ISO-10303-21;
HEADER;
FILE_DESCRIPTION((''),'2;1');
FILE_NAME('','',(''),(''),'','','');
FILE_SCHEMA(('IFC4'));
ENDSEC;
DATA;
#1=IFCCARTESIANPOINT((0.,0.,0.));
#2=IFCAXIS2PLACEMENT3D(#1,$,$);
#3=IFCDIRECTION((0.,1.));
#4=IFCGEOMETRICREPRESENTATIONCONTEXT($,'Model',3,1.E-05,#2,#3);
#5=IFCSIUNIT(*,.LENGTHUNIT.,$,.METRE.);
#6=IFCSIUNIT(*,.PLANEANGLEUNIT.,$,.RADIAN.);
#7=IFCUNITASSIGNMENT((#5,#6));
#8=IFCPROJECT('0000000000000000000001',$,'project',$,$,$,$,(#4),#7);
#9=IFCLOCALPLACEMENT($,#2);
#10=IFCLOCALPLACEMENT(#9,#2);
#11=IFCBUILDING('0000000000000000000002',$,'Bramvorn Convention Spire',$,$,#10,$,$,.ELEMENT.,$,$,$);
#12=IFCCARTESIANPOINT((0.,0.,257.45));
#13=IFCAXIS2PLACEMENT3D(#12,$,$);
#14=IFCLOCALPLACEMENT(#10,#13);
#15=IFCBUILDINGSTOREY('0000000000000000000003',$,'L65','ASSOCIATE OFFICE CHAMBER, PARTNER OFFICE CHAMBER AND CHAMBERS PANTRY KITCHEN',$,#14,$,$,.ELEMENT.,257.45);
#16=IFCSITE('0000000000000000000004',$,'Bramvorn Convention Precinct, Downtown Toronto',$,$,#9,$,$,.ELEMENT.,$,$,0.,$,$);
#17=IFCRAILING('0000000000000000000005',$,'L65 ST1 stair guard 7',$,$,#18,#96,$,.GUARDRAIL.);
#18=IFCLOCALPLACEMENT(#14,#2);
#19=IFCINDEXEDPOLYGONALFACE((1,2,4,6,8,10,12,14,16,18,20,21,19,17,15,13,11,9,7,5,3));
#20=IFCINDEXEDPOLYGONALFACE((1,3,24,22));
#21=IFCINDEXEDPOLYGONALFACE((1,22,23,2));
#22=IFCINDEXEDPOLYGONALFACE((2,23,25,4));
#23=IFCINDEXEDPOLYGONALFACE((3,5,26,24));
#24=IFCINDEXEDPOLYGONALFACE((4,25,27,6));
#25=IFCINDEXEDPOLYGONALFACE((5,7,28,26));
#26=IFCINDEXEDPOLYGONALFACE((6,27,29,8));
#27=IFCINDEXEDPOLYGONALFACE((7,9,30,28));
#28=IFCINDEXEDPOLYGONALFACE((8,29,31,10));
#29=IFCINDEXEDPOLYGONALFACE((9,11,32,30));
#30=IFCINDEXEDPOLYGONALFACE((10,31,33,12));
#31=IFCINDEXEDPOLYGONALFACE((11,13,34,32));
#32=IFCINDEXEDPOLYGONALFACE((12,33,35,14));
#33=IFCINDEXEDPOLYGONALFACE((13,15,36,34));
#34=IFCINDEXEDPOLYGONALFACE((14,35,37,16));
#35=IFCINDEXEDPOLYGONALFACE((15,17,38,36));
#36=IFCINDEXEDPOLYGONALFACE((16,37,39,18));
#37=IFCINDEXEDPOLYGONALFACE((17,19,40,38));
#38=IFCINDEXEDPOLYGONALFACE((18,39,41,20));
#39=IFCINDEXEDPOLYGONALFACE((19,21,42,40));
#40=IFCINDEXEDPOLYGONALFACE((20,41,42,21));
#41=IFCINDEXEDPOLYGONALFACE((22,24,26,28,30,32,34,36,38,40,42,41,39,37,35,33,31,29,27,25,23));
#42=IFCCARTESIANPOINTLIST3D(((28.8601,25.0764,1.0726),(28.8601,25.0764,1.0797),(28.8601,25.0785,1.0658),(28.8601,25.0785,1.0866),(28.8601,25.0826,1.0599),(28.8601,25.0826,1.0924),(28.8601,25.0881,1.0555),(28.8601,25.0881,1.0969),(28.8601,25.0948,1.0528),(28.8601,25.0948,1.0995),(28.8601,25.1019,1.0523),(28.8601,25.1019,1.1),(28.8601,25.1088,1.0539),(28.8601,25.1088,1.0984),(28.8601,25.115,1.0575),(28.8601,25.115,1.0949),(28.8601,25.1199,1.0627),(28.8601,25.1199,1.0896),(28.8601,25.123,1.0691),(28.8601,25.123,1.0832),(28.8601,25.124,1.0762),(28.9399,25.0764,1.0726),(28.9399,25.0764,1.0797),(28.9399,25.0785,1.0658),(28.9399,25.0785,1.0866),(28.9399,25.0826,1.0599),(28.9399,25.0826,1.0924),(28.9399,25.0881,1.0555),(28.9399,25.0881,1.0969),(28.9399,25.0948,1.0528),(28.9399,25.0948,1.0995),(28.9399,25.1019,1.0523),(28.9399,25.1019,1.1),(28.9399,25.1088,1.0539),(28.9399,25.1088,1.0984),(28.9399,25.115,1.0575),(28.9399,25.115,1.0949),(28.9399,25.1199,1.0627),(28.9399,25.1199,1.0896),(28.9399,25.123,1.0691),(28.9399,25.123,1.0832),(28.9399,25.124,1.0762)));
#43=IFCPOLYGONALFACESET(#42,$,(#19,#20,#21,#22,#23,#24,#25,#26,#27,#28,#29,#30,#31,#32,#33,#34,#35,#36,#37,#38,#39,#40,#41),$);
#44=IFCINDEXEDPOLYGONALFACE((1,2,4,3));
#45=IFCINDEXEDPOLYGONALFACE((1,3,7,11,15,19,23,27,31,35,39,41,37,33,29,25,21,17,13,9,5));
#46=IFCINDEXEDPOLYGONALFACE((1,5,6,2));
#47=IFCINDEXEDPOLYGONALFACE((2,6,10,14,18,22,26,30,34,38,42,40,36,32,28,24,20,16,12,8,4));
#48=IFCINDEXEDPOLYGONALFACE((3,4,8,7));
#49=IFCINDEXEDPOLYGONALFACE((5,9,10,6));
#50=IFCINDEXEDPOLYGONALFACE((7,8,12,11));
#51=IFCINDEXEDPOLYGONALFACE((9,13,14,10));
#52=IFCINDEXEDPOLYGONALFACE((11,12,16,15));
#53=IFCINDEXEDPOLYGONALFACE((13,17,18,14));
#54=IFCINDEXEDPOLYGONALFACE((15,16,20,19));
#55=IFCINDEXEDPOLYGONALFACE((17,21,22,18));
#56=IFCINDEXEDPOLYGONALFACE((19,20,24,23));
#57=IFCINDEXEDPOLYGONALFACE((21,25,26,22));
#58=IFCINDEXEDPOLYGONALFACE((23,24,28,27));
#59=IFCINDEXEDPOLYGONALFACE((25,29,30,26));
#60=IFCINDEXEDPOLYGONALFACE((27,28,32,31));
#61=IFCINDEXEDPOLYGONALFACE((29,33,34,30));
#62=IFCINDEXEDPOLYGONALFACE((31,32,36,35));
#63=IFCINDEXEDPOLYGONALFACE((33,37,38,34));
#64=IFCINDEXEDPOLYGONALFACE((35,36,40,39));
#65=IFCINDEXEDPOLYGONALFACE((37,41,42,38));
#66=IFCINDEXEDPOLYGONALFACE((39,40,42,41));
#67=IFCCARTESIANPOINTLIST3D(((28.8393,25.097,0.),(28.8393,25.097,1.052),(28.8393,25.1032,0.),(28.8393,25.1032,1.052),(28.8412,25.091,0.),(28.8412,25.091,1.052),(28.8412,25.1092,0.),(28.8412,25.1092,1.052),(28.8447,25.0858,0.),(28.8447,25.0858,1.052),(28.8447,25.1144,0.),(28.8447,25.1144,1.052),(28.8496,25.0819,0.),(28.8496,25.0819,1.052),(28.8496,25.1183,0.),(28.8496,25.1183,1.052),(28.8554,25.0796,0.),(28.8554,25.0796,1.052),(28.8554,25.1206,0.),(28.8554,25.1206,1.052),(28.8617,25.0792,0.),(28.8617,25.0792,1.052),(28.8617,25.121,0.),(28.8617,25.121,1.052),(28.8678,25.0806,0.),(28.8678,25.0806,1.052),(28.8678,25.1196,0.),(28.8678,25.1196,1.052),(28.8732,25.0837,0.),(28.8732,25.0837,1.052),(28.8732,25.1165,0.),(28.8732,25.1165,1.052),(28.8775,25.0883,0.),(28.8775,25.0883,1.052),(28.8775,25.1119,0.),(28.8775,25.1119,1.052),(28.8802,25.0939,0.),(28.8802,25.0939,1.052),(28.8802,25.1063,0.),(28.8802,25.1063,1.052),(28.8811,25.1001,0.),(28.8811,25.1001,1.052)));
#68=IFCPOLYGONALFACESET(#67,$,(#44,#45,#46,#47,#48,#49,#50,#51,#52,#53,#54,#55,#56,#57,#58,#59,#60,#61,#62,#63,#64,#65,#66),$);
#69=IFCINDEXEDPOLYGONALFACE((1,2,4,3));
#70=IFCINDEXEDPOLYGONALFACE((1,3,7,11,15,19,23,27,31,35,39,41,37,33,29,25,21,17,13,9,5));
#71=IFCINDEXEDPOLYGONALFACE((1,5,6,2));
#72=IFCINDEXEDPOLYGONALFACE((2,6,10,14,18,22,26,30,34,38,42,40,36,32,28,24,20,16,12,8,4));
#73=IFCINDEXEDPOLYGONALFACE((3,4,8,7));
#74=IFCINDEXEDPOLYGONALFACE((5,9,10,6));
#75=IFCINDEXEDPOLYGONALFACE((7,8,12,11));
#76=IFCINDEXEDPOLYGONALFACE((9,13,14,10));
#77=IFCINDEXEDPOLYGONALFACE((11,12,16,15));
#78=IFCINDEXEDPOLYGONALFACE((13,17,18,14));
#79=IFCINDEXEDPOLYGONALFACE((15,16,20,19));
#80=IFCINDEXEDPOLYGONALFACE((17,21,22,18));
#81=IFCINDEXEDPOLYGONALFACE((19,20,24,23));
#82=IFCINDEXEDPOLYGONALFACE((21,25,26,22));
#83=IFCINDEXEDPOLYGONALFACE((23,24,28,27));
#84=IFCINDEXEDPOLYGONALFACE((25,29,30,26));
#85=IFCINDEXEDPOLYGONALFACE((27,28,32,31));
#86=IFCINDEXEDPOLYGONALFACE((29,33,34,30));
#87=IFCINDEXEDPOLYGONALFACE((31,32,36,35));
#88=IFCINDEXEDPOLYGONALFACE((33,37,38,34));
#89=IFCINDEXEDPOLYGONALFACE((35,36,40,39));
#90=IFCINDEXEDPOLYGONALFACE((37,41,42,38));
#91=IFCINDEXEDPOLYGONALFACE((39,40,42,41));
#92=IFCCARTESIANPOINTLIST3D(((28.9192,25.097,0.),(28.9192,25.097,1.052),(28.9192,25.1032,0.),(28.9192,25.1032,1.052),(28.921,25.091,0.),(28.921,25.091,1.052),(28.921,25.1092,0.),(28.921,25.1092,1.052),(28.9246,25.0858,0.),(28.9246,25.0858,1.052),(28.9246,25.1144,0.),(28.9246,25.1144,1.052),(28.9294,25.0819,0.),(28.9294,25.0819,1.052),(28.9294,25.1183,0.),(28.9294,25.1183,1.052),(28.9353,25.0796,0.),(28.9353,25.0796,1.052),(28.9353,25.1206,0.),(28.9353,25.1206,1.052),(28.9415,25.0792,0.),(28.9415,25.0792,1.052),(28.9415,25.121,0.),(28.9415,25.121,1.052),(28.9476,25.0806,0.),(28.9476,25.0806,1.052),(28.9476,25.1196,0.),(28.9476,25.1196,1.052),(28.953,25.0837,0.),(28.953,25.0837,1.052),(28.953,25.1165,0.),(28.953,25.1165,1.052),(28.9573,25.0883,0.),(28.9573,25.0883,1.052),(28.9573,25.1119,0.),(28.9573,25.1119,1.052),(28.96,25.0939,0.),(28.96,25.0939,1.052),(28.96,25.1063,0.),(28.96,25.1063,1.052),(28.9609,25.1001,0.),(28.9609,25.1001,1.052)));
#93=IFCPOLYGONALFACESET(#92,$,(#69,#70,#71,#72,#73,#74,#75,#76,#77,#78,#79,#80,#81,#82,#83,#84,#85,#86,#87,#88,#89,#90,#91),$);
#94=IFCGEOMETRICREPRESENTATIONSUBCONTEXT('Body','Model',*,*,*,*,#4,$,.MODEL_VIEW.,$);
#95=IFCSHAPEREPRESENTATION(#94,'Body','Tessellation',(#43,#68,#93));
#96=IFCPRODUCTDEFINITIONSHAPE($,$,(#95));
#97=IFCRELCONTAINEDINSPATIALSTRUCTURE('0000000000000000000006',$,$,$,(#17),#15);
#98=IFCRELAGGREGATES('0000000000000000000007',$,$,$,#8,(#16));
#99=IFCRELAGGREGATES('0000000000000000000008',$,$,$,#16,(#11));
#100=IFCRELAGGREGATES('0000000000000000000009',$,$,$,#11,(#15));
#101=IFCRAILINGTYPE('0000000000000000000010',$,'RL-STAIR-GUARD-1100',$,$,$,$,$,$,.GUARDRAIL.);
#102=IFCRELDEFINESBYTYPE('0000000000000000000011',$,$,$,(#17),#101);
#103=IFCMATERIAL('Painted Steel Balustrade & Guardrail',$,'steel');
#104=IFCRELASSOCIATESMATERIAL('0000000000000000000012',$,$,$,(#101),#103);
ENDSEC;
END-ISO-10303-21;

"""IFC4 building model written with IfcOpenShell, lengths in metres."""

from ifc_helpers import new_model, si_unit, direction, frame, origin, origin_2d, place, context, subcontext, project, spatial, circle, extrude, material, type_object, element, save


model = new_model("IFC4")

# Units and contexts
model_context = context("Model", 3, precision=1e-05, world=origin(), true_north=direction((0.0, 1.0)))
body_context = subcontext(model_context, "Body", "Model", "MODEL_VIEW")
ifc_project = project(units=[si_unit("LENGTHUNIT", "METRE"), si_unit("PLANEANGLEUNIT", "RADIAN")], contexts=[model_context])

# Site, building, storey
site_placement = place(None, origin())
site = spatial("IfcSite", under=ifc_project, at=site_placement, Name="Bramvorn Convention Precinct, Downtown Toronto", CompositionType="ELEMENT", RefElevation=0.0)
building_placement = place(site_placement, origin())
building = spatial("IfcBuilding", under=site, at=building_placement, Name="Bramvorn Convention Spire", CompositionType="ELEMENT")
storey_placement = place(building_placement, frame((0.0, 0.0, 257.45)))
storey = spatial("IfcBuildingStorey", under=building, at=storey_placement, Name="L65", Description="ASSOCIATE OFFICE CHAMBER, PARTNER OFFICE CHAMBER AND CHAMBERS PANTRY KITCHEN", CompositionType="ELEMENT", Elevation=257.45)

# Railing
ifc_material_1 = material(Name="Painted Steel Balustrade & Guardrail", Category="steel")
railing_type_1 = type_object("IfcRailingType", Name="RL-STAIR-GUARD-1100", PredefinedType="GUARDRAIL", material=ifc_material_1)
railing_1_placement = place(storey_placement, frame((28.8601, 25.1001, 0.0)))
element("IfcRailing", 1, at=railing_1_placement, inside=storey, type_object=railing_type_1, Name="L65 ST1 stair guard 7", PredefinedType="GUARDRAIL", context=body_context, shape_type="SweptSolid", body=[
    extrude(circle(Radius=0.0239, at=origin_2d()), frame((0.0, 0.0, 1.0762), z_axis=(1.0, 0.0, 0.0), x_axis=(0.0, 1.0, 0.0)), (0.0, 0.0, 1.0), 0.0798),
    extrude(circle(Radius=0.021, at=origin_2d()), origin(), (0.0, 0.0, 1.0), 1.052),
    extrude(circle(Radius=0.021, at=origin_2d()), frame((0.0798, 0.0, 0.0)), (0.0, 0.0, 1.0), 1.052),
])

save(model, "model.ifc")
